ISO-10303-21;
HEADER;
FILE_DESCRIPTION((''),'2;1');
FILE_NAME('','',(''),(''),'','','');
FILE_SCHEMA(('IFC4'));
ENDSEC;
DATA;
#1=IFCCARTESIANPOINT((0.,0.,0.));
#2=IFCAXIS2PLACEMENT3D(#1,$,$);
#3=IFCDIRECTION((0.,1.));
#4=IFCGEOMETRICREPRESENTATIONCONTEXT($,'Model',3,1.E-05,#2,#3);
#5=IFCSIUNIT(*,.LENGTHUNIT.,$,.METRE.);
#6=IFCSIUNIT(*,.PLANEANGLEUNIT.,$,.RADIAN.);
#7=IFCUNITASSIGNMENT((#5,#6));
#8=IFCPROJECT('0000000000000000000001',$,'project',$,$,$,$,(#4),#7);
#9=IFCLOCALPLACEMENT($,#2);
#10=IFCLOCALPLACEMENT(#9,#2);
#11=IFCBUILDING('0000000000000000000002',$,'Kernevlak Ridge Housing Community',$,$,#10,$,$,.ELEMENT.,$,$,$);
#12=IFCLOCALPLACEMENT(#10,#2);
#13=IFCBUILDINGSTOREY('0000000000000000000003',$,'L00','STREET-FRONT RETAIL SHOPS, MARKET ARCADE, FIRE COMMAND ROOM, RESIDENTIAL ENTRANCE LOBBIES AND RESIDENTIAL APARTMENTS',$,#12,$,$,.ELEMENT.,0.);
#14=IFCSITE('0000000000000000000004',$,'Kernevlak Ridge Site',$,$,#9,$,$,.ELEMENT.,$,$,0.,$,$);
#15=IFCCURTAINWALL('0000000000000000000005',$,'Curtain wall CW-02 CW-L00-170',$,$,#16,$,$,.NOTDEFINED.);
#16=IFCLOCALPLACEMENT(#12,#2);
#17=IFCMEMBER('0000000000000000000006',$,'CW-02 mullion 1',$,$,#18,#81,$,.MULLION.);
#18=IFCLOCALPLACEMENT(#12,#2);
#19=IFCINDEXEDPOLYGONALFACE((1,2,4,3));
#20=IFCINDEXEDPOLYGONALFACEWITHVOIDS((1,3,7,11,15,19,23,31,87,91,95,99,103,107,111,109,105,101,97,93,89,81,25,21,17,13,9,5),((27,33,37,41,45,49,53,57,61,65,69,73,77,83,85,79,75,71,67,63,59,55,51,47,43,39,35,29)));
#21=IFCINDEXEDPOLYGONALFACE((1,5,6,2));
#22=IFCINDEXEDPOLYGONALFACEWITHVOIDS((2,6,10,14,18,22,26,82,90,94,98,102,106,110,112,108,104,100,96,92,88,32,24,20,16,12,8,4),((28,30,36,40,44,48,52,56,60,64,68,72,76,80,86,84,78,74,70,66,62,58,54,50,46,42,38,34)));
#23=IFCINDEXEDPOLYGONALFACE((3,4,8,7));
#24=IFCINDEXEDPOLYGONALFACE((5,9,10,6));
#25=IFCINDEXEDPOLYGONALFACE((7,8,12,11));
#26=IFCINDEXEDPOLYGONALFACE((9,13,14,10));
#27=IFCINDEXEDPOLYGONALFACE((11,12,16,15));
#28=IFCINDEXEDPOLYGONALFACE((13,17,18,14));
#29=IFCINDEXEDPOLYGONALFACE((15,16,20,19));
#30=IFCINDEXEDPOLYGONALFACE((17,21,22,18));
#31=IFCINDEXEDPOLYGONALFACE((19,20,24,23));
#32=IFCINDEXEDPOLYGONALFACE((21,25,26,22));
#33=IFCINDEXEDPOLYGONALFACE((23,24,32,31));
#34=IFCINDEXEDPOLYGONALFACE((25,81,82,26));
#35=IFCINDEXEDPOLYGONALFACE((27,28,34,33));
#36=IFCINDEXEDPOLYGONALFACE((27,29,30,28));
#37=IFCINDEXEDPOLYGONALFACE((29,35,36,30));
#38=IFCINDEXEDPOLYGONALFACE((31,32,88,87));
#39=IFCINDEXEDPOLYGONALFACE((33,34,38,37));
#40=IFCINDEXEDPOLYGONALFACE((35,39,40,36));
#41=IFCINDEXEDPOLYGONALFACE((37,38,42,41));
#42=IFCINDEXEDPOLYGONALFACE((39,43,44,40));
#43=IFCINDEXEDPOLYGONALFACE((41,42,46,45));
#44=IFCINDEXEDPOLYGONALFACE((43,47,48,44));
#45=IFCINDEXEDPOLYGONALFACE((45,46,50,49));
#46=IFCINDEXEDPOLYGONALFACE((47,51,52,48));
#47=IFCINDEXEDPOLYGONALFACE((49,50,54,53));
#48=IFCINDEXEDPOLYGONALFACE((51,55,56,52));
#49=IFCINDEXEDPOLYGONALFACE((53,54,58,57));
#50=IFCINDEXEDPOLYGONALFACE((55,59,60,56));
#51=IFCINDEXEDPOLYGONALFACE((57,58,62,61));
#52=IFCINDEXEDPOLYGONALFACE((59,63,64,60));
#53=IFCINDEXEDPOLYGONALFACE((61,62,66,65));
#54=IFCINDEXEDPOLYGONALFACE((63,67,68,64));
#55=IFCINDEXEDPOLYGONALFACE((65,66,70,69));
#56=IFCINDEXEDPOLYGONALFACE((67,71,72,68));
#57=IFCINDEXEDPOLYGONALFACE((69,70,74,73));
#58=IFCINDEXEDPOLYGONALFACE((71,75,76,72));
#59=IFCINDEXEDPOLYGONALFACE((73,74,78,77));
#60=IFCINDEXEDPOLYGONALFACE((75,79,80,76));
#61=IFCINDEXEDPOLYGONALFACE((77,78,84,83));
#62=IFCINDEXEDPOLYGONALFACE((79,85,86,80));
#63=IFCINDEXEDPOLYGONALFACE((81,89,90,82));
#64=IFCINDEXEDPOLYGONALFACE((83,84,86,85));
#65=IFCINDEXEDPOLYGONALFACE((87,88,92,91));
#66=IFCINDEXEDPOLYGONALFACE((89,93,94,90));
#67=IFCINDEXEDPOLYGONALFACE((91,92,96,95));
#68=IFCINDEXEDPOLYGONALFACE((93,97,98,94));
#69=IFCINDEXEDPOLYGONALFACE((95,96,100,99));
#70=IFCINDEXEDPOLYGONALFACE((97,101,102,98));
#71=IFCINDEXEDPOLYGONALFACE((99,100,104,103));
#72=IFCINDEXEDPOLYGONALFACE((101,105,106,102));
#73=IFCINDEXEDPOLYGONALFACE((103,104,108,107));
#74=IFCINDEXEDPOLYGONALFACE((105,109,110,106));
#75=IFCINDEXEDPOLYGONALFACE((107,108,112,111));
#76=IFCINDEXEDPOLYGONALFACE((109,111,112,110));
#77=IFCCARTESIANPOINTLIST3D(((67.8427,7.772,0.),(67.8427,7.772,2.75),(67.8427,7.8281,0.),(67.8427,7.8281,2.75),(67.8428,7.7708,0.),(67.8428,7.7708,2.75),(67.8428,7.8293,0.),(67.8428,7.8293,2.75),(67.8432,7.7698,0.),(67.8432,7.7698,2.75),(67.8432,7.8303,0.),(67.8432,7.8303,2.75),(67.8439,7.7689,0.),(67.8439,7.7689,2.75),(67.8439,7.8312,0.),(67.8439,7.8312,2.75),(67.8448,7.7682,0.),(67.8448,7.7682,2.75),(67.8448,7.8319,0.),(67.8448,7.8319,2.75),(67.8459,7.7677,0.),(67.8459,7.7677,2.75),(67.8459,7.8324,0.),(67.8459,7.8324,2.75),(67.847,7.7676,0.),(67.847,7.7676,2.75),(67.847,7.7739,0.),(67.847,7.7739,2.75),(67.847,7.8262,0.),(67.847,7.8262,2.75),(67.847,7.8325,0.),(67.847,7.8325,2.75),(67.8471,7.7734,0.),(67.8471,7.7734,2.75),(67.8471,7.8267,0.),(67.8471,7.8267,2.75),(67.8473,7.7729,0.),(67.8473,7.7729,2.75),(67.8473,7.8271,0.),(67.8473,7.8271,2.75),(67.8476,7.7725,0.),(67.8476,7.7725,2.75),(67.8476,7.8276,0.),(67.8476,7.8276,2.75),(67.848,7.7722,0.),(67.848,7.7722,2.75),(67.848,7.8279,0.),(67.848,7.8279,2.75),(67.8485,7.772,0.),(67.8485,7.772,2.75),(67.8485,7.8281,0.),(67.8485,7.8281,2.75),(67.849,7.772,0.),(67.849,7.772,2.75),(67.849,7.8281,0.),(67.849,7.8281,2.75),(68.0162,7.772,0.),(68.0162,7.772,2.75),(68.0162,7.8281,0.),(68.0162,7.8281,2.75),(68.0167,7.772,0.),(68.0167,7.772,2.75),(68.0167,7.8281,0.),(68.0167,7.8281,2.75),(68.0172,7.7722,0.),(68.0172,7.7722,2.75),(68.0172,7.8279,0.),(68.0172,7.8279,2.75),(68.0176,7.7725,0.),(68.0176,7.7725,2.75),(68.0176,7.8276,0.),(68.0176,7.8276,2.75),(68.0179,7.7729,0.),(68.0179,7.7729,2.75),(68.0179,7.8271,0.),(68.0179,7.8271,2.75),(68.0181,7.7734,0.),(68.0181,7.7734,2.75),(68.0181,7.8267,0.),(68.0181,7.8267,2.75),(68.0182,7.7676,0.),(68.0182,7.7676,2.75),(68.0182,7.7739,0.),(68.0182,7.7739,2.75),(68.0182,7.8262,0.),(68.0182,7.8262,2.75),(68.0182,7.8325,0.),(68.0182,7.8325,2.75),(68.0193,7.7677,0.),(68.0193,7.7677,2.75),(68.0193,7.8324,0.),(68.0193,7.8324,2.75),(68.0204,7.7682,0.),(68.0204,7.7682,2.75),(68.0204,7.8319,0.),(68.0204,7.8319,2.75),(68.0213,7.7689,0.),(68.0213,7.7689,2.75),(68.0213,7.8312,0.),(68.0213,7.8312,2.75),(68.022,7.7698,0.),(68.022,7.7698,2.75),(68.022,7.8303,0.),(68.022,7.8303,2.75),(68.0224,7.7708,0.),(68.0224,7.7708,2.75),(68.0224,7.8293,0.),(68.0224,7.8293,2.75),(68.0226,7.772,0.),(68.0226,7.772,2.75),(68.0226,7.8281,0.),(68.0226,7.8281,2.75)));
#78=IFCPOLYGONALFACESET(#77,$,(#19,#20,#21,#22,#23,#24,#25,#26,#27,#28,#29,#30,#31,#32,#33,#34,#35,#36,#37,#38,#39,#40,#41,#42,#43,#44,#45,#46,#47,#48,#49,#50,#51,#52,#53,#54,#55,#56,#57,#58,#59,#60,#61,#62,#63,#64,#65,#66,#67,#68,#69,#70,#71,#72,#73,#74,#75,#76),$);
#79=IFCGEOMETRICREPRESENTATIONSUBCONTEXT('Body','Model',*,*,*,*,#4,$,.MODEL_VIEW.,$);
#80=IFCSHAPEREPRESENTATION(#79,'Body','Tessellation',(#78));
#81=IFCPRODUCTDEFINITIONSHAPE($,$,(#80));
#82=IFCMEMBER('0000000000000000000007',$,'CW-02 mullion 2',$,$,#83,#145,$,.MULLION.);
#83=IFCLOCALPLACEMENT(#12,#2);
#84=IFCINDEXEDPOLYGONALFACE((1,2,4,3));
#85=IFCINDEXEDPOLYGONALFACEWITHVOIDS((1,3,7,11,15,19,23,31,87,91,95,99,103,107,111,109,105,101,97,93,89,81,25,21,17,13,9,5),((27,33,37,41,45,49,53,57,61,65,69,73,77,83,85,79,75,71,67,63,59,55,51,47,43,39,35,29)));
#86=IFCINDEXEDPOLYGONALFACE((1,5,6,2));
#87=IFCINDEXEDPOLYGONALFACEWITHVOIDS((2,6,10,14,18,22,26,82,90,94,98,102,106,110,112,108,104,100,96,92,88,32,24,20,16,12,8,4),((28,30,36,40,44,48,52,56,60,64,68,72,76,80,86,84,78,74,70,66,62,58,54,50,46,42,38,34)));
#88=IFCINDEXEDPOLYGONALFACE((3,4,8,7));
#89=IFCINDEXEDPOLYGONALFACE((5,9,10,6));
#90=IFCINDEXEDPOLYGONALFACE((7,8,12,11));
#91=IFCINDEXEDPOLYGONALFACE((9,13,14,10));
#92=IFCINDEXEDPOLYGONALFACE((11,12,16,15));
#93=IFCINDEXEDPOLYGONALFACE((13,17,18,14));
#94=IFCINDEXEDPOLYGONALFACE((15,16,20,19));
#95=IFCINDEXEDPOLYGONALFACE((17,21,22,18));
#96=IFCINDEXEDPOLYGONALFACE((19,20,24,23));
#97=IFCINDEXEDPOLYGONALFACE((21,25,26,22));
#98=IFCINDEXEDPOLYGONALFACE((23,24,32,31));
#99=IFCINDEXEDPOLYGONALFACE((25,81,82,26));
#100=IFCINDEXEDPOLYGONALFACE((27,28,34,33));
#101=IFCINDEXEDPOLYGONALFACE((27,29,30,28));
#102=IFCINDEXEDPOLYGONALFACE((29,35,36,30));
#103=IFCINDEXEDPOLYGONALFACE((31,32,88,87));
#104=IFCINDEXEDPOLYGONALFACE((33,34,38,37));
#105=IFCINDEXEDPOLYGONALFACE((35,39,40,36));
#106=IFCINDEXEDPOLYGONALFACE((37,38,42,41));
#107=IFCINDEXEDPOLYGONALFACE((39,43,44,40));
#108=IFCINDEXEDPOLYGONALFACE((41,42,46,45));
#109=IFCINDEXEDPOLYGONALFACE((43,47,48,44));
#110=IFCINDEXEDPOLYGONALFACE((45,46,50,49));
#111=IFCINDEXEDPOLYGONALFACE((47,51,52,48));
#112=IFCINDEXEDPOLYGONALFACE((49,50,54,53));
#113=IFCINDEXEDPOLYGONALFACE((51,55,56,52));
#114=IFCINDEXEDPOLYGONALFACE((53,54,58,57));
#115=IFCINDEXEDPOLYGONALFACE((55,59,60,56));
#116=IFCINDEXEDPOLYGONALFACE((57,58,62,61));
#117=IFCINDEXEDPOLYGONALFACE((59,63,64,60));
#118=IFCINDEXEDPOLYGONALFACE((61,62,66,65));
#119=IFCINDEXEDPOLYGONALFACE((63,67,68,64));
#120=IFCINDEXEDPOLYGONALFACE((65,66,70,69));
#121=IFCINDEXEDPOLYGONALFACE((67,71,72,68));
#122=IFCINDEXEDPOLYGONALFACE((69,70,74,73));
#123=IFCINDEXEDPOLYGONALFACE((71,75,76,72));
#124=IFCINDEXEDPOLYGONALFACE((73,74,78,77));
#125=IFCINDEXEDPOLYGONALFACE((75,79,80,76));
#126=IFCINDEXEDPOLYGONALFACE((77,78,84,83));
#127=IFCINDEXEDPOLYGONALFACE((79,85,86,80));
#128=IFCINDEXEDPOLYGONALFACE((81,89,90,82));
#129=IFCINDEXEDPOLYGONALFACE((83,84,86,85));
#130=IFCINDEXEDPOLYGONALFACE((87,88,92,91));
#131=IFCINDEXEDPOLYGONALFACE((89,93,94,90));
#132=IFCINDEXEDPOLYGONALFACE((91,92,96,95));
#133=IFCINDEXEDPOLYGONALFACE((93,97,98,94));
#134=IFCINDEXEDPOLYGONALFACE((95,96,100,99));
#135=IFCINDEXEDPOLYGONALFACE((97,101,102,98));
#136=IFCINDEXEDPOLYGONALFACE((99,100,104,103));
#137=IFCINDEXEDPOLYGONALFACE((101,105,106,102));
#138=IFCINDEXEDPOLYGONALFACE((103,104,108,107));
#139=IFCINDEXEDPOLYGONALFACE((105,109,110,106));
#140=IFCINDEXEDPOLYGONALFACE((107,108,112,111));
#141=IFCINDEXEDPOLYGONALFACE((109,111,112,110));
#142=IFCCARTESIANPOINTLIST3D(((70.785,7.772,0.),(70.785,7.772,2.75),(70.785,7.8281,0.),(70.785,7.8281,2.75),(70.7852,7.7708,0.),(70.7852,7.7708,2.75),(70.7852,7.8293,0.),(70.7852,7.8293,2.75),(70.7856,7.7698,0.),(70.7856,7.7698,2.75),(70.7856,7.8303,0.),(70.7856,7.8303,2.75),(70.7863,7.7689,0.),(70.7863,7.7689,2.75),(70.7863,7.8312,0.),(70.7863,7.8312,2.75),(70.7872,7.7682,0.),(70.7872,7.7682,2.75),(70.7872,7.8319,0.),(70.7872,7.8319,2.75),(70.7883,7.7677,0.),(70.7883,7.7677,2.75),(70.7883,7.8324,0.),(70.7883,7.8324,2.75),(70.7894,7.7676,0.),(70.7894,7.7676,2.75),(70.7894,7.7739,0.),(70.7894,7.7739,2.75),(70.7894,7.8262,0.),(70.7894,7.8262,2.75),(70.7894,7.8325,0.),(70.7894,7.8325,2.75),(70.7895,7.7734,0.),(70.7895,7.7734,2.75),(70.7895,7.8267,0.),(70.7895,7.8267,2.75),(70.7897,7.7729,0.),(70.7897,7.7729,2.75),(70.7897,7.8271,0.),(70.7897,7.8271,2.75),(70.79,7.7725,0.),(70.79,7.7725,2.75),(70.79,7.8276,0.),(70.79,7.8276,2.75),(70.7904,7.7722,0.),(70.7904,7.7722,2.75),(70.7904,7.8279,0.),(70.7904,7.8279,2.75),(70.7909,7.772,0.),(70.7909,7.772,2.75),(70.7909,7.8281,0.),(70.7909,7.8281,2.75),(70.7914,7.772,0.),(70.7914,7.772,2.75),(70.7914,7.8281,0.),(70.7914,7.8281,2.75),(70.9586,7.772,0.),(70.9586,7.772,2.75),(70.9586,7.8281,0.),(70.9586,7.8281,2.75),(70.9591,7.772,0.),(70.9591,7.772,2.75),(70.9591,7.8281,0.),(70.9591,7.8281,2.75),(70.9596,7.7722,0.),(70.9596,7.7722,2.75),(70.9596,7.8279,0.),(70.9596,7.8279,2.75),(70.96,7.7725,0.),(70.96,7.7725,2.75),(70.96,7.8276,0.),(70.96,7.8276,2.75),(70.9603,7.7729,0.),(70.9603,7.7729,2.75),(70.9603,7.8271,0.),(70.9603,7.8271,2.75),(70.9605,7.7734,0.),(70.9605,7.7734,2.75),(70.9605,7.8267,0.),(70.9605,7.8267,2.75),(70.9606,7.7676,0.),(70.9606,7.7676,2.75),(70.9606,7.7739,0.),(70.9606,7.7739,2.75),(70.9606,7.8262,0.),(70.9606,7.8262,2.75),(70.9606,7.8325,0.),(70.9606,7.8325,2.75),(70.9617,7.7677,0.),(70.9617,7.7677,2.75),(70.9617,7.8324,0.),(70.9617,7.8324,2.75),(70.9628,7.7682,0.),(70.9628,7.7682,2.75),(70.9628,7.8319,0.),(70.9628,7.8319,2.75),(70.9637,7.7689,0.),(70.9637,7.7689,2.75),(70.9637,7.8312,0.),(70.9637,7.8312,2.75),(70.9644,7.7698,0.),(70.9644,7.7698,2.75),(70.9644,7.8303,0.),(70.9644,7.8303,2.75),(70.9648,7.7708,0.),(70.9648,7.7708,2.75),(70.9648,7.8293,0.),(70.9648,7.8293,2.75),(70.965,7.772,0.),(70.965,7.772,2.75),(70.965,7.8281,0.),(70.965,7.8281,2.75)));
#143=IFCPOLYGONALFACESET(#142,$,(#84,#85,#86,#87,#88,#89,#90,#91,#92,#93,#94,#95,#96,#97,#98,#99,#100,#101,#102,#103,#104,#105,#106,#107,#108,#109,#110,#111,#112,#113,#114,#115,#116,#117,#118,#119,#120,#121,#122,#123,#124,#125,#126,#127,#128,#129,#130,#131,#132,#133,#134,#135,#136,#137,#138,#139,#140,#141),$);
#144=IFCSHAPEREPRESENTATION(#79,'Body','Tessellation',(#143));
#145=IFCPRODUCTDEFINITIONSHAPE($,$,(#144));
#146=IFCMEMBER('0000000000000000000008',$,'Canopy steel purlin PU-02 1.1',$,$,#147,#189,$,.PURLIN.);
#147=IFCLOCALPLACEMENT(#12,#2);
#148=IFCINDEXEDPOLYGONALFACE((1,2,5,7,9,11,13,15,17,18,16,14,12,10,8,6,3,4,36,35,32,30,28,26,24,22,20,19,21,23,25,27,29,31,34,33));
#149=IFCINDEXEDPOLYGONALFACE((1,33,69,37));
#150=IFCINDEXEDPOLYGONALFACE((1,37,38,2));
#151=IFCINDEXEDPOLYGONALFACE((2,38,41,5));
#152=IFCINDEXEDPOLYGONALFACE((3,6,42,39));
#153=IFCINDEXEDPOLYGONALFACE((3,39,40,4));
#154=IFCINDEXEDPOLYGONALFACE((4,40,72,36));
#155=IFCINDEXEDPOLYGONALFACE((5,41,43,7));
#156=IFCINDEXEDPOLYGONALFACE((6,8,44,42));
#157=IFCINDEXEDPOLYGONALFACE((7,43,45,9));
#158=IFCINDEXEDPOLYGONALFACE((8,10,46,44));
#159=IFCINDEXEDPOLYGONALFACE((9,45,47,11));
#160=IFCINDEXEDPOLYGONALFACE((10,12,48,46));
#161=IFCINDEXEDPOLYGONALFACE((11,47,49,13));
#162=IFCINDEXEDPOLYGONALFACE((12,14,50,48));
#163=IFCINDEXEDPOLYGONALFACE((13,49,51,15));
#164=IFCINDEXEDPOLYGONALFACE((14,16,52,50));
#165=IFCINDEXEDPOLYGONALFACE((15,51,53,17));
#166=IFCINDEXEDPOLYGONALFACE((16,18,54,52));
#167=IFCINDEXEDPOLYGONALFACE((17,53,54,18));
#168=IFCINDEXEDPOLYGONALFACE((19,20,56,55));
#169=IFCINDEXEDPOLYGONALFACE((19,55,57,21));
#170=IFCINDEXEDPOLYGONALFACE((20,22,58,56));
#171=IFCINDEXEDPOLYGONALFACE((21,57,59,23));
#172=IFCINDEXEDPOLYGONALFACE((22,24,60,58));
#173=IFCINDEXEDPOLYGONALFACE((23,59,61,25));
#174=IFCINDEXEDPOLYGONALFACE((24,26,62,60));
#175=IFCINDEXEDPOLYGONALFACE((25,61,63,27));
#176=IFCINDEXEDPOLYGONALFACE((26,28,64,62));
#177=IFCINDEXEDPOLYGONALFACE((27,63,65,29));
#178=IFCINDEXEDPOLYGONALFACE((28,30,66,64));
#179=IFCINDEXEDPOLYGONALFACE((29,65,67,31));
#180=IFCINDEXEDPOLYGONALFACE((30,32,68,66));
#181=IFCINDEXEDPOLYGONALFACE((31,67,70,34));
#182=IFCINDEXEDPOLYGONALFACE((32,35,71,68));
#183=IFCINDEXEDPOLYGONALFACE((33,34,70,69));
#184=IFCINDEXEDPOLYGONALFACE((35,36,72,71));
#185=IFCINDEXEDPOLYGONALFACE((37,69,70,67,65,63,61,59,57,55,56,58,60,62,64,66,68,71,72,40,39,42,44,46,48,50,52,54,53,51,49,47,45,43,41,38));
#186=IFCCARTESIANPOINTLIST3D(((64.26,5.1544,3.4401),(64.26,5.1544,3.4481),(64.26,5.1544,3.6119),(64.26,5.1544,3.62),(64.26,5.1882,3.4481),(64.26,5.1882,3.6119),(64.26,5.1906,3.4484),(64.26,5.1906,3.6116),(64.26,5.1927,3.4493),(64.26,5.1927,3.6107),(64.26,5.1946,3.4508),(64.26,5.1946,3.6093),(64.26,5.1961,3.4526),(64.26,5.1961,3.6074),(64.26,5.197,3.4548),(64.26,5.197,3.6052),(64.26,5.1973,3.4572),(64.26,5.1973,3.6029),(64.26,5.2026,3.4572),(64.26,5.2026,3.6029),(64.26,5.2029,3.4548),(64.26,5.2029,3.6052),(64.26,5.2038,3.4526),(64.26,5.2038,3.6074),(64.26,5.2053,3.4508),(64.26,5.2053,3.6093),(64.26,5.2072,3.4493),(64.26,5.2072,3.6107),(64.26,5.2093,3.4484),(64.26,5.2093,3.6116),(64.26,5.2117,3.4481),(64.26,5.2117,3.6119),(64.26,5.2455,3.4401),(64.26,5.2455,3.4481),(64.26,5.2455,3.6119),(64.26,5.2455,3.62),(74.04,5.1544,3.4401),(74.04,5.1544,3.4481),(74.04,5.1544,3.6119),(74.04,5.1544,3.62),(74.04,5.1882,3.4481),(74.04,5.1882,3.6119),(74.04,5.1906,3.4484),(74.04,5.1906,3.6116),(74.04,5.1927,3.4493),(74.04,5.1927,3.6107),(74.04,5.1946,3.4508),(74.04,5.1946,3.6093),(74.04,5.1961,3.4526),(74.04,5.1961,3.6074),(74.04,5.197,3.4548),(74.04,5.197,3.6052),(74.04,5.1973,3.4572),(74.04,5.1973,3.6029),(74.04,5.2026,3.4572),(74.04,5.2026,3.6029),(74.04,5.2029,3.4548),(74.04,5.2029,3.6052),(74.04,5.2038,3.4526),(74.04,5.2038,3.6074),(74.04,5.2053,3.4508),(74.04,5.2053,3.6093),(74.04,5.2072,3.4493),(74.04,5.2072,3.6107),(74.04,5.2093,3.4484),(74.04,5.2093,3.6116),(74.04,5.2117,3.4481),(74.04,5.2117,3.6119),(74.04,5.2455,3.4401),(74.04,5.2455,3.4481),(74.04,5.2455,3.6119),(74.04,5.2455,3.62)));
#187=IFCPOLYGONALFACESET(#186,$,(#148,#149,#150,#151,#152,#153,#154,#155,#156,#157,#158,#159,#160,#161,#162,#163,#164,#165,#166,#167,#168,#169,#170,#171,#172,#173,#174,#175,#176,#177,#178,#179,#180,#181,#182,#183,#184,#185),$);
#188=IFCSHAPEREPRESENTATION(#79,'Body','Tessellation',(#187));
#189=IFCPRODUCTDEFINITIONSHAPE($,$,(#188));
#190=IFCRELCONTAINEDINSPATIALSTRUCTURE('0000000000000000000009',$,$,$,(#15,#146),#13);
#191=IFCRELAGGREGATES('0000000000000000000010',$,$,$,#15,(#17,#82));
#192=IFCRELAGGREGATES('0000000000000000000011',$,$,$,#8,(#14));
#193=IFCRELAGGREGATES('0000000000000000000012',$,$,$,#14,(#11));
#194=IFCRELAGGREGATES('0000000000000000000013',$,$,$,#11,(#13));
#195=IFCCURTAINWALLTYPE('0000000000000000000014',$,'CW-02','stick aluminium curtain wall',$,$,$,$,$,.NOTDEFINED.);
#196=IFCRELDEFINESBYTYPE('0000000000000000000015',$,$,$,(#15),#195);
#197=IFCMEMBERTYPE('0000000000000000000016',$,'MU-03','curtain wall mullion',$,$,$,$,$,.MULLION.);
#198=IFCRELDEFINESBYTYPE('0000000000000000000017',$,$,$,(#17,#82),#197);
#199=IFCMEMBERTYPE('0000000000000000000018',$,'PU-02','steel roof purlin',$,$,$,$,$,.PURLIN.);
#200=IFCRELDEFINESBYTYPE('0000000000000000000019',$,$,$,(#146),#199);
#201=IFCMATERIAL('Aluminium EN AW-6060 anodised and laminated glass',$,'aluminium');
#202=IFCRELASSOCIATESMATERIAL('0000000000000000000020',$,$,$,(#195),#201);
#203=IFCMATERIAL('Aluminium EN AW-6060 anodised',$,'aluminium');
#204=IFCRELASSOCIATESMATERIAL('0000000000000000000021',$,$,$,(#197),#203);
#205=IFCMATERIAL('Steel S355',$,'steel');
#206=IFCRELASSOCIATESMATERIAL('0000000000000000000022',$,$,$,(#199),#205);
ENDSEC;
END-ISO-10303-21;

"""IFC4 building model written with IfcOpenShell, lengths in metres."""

from ifc_helpers import new_model, si_unit, direction, frame, origin, origin_2d, place, context, subcontext, project, spatial, hollow_rectangle, i_section, extrude, material, material_profile, profile_set, type_object, element, aggregate, save


model = new_model("IFC4")

# Units and contexts
model_context = context("Model", 3, precision=1e-05, world=origin(), true_north=direction((0.0, 1.0)))
body_context = subcontext(model_context, "Body", "Model", "MODEL_VIEW")
ifc_project = project(units=[si_unit("LENGTHUNIT", "METRE"), si_unit("PLANEANGLEUNIT", "RADIAN")], contexts=[model_context])

# Site, building, storey
site_placement = place(None, origin())
site = spatial("IfcSite", under=ifc_project, at=site_placement, Name="Kernevlak Ridge Site", CompositionType="ELEMENT", RefElevation=0.0)
building_placement = place(site_placement, origin())
building = spatial("IfcBuilding", under=site, at=building_placement, Name="Kernevlak Ridge Housing Community", CompositionType="ELEMENT")
storey_placement = place(building_placement, origin())
storey = spatial("IfcBuildingStorey", under=building, at=storey_placement, Name="L00", Description="STREET-FRONT RETAIL SHOPS, MARKET ARCADE, FIRE COMMAND ROOM, RESIDENTIAL ENTRANCE LOBBIES AND RESIDENTIAL APARTMENTS", CompositionType="ELEMENT", Elevation=0.0)

# Shared definitions
ifc_material_1 = material(Name="Steel S355", Category="steel")

# Curtain wall, members
ifc_material_2 = material(Name="Aluminium EN AW-6060 anodised and laminated glass", Category="aluminium")
curtain_wall_type = type_object("IfcCurtainWallType", Name="CW-02", Description="stick aluminium curtain wall", PredefinedType="NOTDEFINED", material=ifc_material_2)
curtain_wall_placement = place(storey_placement, origin())
curtain_wall = element("IfcCurtainWall", 1, at=curtain_wall_placement, inside=storey, type_object=curtain_wall_type, Name="Curtain wall CW-02 CW-L00-170", PredefinedType="NOTDEFINED")
ifc_material_3 = material(Name="Aluminium EN AW-6060 anodised", Category="aluminium")
ifc_material_profile_1 = material_profile(ifc_material_3, hollow_rectangle(XDim=0.0649, YDim=0.1799, WallThickness=0.0044, InnerFilletRadius=0.002, OuterFilletRadius=0.0044, at=origin_2d()), Name="ALU 65x180x4.5")
ifc_profile_set_1 = profile_set([ifc_material_profile_1], Name="Aluminium EN AW-6060 anodised")
member_type_1 = type_object("IfcMemberType", Name="MU-03", Description="curtain wall mullion", PredefinedType="MULLION", material=ifc_profile_set_1)
member_1_placement = place(storey_placement, frame((67.9326, 7.8, 0.0), z_axis=(0.0, 0.0, 1.0), x_axis=(0.0, 1.0, 0.0)))
member_1 = element("IfcMember", 2, at=member_1_placement, type_object=member_type_1, Name="CW-02 mullion 1", PredefinedType="MULLION", context=body_context, shape_type="SweptSolid", body=[
    extrude(hollow_rectangle(XDim=0.0649, YDim=0.1799, WallThickness=0.0044, InnerFilletRadius=0.002, OuterFilletRadius=0.0044, at=origin_2d()), origin(), (0.0, 0.0, 1.0), 2.75),
])
member_2_placement = place(storey_placement, frame((70.875, 7.8, 0.0), z_axis=(0.0, 0.0, 1.0), x_axis=(0.0, 1.0, 0.0)))
member_2 = element("IfcMember", 3, at=member_2_placement, type_object=member_type_1, Name="CW-02 mullion 2", PredefinedType="MULLION", context=body_context, shape_type="SweptSolid", body=[
    extrude(hollow_rectangle(XDim=0.0649, YDim=0.1799, WallThickness=0.0044, InnerFilletRadius=0.002, OuterFilletRadius=0.0044, at=origin_2d()), origin(), (0.0, 0.0, 1.0), 2.75),
])

# Member
ifc_material_profile_2 = material_profile(ifc_material_1, i_section(OverallWidth=0.0911, OverallDepth=0.1799, WebThickness=0.0054, FlangeThickness=0.0081, FilletRadius=0.009, at=origin_2d()), Name="IPE 180")
ifc_profile_set_2 = profile_set([ifc_material_profile_2], Name="Steel S355")
member_type_2 = type_object("IfcMemberType", Name="PU-02", Description="steel roof purlin", PredefinedType="PURLIN", material=ifc_profile_set_2)
for number, where, z_axis, x_axis, name in (
    (4, (64.26, 5.2, 3.53), (1.0, 0.0, 0.0), (0.0, 1.0, 0.0), "Canopy steel purlin PU-02 1.1"),
):
    element("IfcMember", number, at=place(storey_placement, frame(where, z_axis=z_axis, x_axis=x_axis)), inside=storey, type_object=member_type_2, Name=name, PredefinedType="PURLIN", context=body_context, shape_type="SweptSolid", body=[
        extrude(i_section(OverallWidth=0.0911, OverallDepth=0.1799, WebThickness=0.0054, FlangeThickness=0.0081, FilletRadius=0.009, at=origin_2d()), origin(), (0.0, 0.0, 1.0), 9.78),
    ])

aggregate(curtain_wall, [member_1, member_2])

save(model, "model.ifc")
